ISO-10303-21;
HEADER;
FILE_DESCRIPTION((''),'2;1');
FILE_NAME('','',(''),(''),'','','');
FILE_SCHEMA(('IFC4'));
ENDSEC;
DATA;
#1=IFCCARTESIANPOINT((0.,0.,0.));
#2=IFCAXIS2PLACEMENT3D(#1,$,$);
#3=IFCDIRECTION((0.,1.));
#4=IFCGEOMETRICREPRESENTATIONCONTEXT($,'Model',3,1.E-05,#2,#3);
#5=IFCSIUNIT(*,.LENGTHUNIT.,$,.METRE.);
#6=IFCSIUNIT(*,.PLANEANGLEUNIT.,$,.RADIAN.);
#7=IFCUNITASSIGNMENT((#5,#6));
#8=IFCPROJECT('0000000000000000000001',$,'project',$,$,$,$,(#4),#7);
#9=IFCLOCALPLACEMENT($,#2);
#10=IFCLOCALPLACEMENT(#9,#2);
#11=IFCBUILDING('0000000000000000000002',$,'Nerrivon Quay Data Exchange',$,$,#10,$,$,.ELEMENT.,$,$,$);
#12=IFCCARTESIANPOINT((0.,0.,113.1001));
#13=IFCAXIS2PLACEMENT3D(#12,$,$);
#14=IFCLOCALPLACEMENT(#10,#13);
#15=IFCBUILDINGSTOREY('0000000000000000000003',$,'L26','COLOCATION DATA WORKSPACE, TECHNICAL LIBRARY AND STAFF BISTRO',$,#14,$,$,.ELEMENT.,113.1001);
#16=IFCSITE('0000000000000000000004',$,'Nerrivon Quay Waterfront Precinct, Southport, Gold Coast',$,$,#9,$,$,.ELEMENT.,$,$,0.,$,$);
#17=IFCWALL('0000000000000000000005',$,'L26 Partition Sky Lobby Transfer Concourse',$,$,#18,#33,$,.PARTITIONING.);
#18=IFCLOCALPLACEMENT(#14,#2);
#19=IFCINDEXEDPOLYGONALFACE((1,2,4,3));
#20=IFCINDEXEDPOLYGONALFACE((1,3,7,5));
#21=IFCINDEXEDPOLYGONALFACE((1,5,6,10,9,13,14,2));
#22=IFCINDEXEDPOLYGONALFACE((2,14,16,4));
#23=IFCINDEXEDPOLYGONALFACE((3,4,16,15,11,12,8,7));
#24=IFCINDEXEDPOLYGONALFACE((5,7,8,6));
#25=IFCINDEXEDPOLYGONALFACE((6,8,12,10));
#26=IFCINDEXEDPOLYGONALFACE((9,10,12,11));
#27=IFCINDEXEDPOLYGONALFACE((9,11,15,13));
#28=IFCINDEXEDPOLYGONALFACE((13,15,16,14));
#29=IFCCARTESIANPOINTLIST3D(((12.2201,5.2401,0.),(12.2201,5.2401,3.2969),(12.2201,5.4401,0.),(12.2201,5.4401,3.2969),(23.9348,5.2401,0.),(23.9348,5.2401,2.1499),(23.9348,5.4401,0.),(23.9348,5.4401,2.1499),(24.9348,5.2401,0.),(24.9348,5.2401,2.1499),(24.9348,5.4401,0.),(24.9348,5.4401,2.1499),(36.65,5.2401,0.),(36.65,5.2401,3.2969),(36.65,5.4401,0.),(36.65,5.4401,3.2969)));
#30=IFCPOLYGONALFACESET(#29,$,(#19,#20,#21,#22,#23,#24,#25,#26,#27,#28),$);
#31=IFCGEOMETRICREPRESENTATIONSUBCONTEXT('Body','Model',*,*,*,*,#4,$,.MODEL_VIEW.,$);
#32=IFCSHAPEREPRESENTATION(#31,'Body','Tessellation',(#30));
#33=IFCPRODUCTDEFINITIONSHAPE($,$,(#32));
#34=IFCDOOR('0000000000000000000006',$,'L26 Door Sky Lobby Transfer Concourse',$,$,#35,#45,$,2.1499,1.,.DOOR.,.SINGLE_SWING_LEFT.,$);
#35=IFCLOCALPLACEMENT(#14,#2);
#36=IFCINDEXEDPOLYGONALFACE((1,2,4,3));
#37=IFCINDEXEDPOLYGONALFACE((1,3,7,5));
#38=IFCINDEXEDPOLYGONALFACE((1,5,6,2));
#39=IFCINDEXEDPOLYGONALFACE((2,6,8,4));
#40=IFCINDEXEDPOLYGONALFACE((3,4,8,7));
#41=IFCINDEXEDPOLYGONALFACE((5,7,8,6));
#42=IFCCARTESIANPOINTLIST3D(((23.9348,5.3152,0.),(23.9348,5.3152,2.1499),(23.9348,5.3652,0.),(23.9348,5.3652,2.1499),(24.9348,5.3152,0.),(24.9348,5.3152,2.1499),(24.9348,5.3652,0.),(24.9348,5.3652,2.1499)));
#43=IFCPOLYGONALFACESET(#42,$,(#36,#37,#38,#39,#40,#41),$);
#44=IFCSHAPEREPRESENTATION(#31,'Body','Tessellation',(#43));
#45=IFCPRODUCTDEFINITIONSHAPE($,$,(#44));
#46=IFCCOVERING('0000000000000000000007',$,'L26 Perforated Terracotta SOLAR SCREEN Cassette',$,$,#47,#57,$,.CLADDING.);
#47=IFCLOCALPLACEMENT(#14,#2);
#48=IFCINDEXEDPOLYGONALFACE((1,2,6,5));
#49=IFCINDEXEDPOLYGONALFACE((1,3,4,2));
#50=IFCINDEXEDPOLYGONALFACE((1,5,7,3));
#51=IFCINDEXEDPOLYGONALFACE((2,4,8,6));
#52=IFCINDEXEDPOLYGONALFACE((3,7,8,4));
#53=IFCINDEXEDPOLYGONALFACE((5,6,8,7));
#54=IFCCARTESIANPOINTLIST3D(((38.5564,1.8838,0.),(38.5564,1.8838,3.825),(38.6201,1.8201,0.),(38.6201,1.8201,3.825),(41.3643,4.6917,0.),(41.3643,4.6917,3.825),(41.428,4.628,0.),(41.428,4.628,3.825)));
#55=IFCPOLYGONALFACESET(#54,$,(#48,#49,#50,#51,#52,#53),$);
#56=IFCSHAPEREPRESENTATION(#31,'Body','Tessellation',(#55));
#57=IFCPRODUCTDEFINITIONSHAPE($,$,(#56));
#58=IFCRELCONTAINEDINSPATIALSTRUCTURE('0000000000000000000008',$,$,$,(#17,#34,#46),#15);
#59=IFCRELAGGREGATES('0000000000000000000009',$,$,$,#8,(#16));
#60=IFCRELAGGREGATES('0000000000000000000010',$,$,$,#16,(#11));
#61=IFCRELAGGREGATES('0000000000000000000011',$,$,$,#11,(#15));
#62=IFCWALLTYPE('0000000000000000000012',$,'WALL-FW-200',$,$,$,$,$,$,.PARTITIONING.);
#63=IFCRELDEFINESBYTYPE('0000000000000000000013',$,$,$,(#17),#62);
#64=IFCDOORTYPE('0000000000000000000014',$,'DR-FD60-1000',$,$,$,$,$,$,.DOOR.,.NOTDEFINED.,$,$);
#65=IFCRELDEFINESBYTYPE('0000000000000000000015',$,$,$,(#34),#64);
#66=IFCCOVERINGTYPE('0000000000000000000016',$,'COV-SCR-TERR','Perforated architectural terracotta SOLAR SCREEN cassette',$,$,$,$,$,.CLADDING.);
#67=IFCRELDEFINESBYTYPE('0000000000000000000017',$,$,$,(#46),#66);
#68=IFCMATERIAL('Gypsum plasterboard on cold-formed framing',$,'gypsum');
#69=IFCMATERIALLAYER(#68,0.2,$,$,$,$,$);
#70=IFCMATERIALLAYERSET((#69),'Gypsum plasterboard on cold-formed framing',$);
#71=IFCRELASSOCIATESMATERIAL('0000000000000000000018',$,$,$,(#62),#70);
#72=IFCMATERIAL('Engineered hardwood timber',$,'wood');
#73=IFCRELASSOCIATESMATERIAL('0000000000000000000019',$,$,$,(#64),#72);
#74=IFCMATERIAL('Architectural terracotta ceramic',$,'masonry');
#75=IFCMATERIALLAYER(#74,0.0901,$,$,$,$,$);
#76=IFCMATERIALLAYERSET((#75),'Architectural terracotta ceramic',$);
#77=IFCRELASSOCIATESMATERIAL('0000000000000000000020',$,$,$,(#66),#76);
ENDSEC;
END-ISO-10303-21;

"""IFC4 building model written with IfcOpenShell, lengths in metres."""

from ifc_helpers import new_model, si_unit, direction, frame, frame_2d, origin, origin_2d, place, context, subcontext, project, spatial, rectangle, extrude, material, layer, layer_set, type_object, element, fill, save


model = new_model("IFC4")

# Units and contexts
model_context = context("Model", 3, precision=1e-05, world=origin(), true_north=direction((0.0, 1.0)))
body_context = subcontext(model_context, "Body", "Model", "MODEL_VIEW")
ifc_project = project(units=[si_unit("LENGTHUNIT", "METRE"), si_unit("PLANEANGLEUNIT", "RADIAN")], contexts=[model_context])

# Site, building, storey
site_placement = place(None, origin())
site = spatial("IfcSite", under=ifc_project, at=site_placement, Name="Nerrivon Quay Waterfront Precinct, Southport, Gold Coast", CompositionType="ELEMENT", RefElevation=0.0)
building_placement = place(site_placement, origin())
building = spatial("IfcBuilding", under=site, at=building_placement, Name="Nerrivon Quay Data Exchange", CompositionType="ELEMENT")
storey_placement = place(building_placement, frame((0.0, 0.0, 113.1001)))
storey = spatial("IfcBuildingStorey", under=building, at=storey_placement, Name="L26", Description="COLOCATION DATA WORKSPACE, TECHNICAL LIBRARY AND STAFF BISTRO", CompositionType="ELEMENT", Elevation=113.1001)

# Wall, opening, door
ifc_material_1 = material(Name="Gypsum plasterboard on cold-formed framing", Category="gypsum")
ifc_layer_1 = layer(ifc_material_1, 0.2)
ifc_layer_set_1 = layer_set([ifc_layer_1], Name="Gypsum plasterboard on cold-formed framing")
wall_type_1 = type_object("IfcWallType", Name="WALL-FW-200", PredefinedType="PARTITIONING", material=ifc_layer_set_1)
wall_1_placement = place(storey_placement, frame((36.6499, 5.3401, 0.0), z_axis=(0.0, 0.0, 1.0), x_axis=(-1.0, 0.0, 0.0)))
wall_1 = element("IfcWall", 1, at=wall_1_placement, inside=storey, type_object=wall_type_1, Name="L26 Partition Sky Lobby Transfer Concourse", PredefinedType="PARTITIONING", context=body_context, shape_type="SweptSolid", body=[
    extrude(rectangle(XDim=24.4299, YDim=0.2, at=frame_2d((12.2148, 0.0))), origin(), (0.0, 0.0, 1.0), 3.2969),
])
opening_1_placement = place(wall_1_placement, frame((11.7151, 0.0, 0.0)))
opening_1 = element("IfcOpeningElement", 2, at=opening_1_placement, cuts=wall_1, PredefinedType="OPENING", context=body_context, shape_type="SweptSolid", body=[
    extrude(rectangle(XDim=1.0, YDim=2.1499, at=frame_2d((0.5, 1.075))), frame((0.0, 0.1099, 0.0), z_axis=(0.0, -1.0, 0.0), x_axis=(1.0, 0.0, 0.0)), (0.0, 0.0, 1.0), 0.22),
])
ifc_material_2 = material(Name="Engineered hardwood timber", Category="wood")
door_type_1 = type_object("IfcDoorType", Name="DR-FD60-1000", OperationType="NOTDEFINED", PredefinedType="DOOR", material=ifc_material_2)
door_1_placement = place(opening_1_placement, origin())
door_1 = element("IfcDoor", 3, at=door_1_placement, inside=storey, type_object=door_type_1, Name="L26 Door Sky Lobby Transfer Concourse", OperationType="SINGLE_SWING_LEFT", OverallHeight=2.1499, OverallWidth=1.0, PredefinedType="DOOR", context=body_context, shape_type="SweptSolid", body=[
    extrude(rectangle(XDim=1.0, YDim=2.1499, at=frame_2d((0.5, 1.075))), frame((0.0, 0.0249, 0.0), z_axis=(0.0, -1.0, 0.0), x_axis=(1.0, 0.0, 0.0)), (0.0, 0.0, 1.0), 0.05),
])
fill(opening_1, door_1)

# Covering
ifc_material_3 = material(Name="Architectural terracotta ceramic", Category="masonry")
ifc_layer_2 = layer(ifc_material_3, 0.0901)
ifc_layer_set_2 = layer_set([ifc_layer_2], Name="Architectural terracotta ceramic")
covering_type = type_object("IfcCoveringType", Name="COV-SCR-TERR", Description="Perforated architectural terracotta SOLAR SCREEN cassette", PredefinedType="CLADDING", material=ifc_layer_set_2)
covering_placement = place(storey_placement, frame((39.9922, 3.2559, 0.0), z_axis=(0.0, 0.0, 1.0), x_axis=(-0.707107, -0.707107, 0.0)))
element("IfcCovering", 4, at=covering_placement, inside=storey, type_object=covering_type, Name="L26 Perforated Terracotta SOLAR SCREEN Cassette", PredefinedType="CLADDING", context=body_context, shape_type="SweptSolid", body=[
    extrude(rectangle(XDim=3.9709, YDim=0.0901, at=origin_2d()), origin(), (0.0, 0.0, 1.0), 3.825),
])

save(model, "model.ifc")
